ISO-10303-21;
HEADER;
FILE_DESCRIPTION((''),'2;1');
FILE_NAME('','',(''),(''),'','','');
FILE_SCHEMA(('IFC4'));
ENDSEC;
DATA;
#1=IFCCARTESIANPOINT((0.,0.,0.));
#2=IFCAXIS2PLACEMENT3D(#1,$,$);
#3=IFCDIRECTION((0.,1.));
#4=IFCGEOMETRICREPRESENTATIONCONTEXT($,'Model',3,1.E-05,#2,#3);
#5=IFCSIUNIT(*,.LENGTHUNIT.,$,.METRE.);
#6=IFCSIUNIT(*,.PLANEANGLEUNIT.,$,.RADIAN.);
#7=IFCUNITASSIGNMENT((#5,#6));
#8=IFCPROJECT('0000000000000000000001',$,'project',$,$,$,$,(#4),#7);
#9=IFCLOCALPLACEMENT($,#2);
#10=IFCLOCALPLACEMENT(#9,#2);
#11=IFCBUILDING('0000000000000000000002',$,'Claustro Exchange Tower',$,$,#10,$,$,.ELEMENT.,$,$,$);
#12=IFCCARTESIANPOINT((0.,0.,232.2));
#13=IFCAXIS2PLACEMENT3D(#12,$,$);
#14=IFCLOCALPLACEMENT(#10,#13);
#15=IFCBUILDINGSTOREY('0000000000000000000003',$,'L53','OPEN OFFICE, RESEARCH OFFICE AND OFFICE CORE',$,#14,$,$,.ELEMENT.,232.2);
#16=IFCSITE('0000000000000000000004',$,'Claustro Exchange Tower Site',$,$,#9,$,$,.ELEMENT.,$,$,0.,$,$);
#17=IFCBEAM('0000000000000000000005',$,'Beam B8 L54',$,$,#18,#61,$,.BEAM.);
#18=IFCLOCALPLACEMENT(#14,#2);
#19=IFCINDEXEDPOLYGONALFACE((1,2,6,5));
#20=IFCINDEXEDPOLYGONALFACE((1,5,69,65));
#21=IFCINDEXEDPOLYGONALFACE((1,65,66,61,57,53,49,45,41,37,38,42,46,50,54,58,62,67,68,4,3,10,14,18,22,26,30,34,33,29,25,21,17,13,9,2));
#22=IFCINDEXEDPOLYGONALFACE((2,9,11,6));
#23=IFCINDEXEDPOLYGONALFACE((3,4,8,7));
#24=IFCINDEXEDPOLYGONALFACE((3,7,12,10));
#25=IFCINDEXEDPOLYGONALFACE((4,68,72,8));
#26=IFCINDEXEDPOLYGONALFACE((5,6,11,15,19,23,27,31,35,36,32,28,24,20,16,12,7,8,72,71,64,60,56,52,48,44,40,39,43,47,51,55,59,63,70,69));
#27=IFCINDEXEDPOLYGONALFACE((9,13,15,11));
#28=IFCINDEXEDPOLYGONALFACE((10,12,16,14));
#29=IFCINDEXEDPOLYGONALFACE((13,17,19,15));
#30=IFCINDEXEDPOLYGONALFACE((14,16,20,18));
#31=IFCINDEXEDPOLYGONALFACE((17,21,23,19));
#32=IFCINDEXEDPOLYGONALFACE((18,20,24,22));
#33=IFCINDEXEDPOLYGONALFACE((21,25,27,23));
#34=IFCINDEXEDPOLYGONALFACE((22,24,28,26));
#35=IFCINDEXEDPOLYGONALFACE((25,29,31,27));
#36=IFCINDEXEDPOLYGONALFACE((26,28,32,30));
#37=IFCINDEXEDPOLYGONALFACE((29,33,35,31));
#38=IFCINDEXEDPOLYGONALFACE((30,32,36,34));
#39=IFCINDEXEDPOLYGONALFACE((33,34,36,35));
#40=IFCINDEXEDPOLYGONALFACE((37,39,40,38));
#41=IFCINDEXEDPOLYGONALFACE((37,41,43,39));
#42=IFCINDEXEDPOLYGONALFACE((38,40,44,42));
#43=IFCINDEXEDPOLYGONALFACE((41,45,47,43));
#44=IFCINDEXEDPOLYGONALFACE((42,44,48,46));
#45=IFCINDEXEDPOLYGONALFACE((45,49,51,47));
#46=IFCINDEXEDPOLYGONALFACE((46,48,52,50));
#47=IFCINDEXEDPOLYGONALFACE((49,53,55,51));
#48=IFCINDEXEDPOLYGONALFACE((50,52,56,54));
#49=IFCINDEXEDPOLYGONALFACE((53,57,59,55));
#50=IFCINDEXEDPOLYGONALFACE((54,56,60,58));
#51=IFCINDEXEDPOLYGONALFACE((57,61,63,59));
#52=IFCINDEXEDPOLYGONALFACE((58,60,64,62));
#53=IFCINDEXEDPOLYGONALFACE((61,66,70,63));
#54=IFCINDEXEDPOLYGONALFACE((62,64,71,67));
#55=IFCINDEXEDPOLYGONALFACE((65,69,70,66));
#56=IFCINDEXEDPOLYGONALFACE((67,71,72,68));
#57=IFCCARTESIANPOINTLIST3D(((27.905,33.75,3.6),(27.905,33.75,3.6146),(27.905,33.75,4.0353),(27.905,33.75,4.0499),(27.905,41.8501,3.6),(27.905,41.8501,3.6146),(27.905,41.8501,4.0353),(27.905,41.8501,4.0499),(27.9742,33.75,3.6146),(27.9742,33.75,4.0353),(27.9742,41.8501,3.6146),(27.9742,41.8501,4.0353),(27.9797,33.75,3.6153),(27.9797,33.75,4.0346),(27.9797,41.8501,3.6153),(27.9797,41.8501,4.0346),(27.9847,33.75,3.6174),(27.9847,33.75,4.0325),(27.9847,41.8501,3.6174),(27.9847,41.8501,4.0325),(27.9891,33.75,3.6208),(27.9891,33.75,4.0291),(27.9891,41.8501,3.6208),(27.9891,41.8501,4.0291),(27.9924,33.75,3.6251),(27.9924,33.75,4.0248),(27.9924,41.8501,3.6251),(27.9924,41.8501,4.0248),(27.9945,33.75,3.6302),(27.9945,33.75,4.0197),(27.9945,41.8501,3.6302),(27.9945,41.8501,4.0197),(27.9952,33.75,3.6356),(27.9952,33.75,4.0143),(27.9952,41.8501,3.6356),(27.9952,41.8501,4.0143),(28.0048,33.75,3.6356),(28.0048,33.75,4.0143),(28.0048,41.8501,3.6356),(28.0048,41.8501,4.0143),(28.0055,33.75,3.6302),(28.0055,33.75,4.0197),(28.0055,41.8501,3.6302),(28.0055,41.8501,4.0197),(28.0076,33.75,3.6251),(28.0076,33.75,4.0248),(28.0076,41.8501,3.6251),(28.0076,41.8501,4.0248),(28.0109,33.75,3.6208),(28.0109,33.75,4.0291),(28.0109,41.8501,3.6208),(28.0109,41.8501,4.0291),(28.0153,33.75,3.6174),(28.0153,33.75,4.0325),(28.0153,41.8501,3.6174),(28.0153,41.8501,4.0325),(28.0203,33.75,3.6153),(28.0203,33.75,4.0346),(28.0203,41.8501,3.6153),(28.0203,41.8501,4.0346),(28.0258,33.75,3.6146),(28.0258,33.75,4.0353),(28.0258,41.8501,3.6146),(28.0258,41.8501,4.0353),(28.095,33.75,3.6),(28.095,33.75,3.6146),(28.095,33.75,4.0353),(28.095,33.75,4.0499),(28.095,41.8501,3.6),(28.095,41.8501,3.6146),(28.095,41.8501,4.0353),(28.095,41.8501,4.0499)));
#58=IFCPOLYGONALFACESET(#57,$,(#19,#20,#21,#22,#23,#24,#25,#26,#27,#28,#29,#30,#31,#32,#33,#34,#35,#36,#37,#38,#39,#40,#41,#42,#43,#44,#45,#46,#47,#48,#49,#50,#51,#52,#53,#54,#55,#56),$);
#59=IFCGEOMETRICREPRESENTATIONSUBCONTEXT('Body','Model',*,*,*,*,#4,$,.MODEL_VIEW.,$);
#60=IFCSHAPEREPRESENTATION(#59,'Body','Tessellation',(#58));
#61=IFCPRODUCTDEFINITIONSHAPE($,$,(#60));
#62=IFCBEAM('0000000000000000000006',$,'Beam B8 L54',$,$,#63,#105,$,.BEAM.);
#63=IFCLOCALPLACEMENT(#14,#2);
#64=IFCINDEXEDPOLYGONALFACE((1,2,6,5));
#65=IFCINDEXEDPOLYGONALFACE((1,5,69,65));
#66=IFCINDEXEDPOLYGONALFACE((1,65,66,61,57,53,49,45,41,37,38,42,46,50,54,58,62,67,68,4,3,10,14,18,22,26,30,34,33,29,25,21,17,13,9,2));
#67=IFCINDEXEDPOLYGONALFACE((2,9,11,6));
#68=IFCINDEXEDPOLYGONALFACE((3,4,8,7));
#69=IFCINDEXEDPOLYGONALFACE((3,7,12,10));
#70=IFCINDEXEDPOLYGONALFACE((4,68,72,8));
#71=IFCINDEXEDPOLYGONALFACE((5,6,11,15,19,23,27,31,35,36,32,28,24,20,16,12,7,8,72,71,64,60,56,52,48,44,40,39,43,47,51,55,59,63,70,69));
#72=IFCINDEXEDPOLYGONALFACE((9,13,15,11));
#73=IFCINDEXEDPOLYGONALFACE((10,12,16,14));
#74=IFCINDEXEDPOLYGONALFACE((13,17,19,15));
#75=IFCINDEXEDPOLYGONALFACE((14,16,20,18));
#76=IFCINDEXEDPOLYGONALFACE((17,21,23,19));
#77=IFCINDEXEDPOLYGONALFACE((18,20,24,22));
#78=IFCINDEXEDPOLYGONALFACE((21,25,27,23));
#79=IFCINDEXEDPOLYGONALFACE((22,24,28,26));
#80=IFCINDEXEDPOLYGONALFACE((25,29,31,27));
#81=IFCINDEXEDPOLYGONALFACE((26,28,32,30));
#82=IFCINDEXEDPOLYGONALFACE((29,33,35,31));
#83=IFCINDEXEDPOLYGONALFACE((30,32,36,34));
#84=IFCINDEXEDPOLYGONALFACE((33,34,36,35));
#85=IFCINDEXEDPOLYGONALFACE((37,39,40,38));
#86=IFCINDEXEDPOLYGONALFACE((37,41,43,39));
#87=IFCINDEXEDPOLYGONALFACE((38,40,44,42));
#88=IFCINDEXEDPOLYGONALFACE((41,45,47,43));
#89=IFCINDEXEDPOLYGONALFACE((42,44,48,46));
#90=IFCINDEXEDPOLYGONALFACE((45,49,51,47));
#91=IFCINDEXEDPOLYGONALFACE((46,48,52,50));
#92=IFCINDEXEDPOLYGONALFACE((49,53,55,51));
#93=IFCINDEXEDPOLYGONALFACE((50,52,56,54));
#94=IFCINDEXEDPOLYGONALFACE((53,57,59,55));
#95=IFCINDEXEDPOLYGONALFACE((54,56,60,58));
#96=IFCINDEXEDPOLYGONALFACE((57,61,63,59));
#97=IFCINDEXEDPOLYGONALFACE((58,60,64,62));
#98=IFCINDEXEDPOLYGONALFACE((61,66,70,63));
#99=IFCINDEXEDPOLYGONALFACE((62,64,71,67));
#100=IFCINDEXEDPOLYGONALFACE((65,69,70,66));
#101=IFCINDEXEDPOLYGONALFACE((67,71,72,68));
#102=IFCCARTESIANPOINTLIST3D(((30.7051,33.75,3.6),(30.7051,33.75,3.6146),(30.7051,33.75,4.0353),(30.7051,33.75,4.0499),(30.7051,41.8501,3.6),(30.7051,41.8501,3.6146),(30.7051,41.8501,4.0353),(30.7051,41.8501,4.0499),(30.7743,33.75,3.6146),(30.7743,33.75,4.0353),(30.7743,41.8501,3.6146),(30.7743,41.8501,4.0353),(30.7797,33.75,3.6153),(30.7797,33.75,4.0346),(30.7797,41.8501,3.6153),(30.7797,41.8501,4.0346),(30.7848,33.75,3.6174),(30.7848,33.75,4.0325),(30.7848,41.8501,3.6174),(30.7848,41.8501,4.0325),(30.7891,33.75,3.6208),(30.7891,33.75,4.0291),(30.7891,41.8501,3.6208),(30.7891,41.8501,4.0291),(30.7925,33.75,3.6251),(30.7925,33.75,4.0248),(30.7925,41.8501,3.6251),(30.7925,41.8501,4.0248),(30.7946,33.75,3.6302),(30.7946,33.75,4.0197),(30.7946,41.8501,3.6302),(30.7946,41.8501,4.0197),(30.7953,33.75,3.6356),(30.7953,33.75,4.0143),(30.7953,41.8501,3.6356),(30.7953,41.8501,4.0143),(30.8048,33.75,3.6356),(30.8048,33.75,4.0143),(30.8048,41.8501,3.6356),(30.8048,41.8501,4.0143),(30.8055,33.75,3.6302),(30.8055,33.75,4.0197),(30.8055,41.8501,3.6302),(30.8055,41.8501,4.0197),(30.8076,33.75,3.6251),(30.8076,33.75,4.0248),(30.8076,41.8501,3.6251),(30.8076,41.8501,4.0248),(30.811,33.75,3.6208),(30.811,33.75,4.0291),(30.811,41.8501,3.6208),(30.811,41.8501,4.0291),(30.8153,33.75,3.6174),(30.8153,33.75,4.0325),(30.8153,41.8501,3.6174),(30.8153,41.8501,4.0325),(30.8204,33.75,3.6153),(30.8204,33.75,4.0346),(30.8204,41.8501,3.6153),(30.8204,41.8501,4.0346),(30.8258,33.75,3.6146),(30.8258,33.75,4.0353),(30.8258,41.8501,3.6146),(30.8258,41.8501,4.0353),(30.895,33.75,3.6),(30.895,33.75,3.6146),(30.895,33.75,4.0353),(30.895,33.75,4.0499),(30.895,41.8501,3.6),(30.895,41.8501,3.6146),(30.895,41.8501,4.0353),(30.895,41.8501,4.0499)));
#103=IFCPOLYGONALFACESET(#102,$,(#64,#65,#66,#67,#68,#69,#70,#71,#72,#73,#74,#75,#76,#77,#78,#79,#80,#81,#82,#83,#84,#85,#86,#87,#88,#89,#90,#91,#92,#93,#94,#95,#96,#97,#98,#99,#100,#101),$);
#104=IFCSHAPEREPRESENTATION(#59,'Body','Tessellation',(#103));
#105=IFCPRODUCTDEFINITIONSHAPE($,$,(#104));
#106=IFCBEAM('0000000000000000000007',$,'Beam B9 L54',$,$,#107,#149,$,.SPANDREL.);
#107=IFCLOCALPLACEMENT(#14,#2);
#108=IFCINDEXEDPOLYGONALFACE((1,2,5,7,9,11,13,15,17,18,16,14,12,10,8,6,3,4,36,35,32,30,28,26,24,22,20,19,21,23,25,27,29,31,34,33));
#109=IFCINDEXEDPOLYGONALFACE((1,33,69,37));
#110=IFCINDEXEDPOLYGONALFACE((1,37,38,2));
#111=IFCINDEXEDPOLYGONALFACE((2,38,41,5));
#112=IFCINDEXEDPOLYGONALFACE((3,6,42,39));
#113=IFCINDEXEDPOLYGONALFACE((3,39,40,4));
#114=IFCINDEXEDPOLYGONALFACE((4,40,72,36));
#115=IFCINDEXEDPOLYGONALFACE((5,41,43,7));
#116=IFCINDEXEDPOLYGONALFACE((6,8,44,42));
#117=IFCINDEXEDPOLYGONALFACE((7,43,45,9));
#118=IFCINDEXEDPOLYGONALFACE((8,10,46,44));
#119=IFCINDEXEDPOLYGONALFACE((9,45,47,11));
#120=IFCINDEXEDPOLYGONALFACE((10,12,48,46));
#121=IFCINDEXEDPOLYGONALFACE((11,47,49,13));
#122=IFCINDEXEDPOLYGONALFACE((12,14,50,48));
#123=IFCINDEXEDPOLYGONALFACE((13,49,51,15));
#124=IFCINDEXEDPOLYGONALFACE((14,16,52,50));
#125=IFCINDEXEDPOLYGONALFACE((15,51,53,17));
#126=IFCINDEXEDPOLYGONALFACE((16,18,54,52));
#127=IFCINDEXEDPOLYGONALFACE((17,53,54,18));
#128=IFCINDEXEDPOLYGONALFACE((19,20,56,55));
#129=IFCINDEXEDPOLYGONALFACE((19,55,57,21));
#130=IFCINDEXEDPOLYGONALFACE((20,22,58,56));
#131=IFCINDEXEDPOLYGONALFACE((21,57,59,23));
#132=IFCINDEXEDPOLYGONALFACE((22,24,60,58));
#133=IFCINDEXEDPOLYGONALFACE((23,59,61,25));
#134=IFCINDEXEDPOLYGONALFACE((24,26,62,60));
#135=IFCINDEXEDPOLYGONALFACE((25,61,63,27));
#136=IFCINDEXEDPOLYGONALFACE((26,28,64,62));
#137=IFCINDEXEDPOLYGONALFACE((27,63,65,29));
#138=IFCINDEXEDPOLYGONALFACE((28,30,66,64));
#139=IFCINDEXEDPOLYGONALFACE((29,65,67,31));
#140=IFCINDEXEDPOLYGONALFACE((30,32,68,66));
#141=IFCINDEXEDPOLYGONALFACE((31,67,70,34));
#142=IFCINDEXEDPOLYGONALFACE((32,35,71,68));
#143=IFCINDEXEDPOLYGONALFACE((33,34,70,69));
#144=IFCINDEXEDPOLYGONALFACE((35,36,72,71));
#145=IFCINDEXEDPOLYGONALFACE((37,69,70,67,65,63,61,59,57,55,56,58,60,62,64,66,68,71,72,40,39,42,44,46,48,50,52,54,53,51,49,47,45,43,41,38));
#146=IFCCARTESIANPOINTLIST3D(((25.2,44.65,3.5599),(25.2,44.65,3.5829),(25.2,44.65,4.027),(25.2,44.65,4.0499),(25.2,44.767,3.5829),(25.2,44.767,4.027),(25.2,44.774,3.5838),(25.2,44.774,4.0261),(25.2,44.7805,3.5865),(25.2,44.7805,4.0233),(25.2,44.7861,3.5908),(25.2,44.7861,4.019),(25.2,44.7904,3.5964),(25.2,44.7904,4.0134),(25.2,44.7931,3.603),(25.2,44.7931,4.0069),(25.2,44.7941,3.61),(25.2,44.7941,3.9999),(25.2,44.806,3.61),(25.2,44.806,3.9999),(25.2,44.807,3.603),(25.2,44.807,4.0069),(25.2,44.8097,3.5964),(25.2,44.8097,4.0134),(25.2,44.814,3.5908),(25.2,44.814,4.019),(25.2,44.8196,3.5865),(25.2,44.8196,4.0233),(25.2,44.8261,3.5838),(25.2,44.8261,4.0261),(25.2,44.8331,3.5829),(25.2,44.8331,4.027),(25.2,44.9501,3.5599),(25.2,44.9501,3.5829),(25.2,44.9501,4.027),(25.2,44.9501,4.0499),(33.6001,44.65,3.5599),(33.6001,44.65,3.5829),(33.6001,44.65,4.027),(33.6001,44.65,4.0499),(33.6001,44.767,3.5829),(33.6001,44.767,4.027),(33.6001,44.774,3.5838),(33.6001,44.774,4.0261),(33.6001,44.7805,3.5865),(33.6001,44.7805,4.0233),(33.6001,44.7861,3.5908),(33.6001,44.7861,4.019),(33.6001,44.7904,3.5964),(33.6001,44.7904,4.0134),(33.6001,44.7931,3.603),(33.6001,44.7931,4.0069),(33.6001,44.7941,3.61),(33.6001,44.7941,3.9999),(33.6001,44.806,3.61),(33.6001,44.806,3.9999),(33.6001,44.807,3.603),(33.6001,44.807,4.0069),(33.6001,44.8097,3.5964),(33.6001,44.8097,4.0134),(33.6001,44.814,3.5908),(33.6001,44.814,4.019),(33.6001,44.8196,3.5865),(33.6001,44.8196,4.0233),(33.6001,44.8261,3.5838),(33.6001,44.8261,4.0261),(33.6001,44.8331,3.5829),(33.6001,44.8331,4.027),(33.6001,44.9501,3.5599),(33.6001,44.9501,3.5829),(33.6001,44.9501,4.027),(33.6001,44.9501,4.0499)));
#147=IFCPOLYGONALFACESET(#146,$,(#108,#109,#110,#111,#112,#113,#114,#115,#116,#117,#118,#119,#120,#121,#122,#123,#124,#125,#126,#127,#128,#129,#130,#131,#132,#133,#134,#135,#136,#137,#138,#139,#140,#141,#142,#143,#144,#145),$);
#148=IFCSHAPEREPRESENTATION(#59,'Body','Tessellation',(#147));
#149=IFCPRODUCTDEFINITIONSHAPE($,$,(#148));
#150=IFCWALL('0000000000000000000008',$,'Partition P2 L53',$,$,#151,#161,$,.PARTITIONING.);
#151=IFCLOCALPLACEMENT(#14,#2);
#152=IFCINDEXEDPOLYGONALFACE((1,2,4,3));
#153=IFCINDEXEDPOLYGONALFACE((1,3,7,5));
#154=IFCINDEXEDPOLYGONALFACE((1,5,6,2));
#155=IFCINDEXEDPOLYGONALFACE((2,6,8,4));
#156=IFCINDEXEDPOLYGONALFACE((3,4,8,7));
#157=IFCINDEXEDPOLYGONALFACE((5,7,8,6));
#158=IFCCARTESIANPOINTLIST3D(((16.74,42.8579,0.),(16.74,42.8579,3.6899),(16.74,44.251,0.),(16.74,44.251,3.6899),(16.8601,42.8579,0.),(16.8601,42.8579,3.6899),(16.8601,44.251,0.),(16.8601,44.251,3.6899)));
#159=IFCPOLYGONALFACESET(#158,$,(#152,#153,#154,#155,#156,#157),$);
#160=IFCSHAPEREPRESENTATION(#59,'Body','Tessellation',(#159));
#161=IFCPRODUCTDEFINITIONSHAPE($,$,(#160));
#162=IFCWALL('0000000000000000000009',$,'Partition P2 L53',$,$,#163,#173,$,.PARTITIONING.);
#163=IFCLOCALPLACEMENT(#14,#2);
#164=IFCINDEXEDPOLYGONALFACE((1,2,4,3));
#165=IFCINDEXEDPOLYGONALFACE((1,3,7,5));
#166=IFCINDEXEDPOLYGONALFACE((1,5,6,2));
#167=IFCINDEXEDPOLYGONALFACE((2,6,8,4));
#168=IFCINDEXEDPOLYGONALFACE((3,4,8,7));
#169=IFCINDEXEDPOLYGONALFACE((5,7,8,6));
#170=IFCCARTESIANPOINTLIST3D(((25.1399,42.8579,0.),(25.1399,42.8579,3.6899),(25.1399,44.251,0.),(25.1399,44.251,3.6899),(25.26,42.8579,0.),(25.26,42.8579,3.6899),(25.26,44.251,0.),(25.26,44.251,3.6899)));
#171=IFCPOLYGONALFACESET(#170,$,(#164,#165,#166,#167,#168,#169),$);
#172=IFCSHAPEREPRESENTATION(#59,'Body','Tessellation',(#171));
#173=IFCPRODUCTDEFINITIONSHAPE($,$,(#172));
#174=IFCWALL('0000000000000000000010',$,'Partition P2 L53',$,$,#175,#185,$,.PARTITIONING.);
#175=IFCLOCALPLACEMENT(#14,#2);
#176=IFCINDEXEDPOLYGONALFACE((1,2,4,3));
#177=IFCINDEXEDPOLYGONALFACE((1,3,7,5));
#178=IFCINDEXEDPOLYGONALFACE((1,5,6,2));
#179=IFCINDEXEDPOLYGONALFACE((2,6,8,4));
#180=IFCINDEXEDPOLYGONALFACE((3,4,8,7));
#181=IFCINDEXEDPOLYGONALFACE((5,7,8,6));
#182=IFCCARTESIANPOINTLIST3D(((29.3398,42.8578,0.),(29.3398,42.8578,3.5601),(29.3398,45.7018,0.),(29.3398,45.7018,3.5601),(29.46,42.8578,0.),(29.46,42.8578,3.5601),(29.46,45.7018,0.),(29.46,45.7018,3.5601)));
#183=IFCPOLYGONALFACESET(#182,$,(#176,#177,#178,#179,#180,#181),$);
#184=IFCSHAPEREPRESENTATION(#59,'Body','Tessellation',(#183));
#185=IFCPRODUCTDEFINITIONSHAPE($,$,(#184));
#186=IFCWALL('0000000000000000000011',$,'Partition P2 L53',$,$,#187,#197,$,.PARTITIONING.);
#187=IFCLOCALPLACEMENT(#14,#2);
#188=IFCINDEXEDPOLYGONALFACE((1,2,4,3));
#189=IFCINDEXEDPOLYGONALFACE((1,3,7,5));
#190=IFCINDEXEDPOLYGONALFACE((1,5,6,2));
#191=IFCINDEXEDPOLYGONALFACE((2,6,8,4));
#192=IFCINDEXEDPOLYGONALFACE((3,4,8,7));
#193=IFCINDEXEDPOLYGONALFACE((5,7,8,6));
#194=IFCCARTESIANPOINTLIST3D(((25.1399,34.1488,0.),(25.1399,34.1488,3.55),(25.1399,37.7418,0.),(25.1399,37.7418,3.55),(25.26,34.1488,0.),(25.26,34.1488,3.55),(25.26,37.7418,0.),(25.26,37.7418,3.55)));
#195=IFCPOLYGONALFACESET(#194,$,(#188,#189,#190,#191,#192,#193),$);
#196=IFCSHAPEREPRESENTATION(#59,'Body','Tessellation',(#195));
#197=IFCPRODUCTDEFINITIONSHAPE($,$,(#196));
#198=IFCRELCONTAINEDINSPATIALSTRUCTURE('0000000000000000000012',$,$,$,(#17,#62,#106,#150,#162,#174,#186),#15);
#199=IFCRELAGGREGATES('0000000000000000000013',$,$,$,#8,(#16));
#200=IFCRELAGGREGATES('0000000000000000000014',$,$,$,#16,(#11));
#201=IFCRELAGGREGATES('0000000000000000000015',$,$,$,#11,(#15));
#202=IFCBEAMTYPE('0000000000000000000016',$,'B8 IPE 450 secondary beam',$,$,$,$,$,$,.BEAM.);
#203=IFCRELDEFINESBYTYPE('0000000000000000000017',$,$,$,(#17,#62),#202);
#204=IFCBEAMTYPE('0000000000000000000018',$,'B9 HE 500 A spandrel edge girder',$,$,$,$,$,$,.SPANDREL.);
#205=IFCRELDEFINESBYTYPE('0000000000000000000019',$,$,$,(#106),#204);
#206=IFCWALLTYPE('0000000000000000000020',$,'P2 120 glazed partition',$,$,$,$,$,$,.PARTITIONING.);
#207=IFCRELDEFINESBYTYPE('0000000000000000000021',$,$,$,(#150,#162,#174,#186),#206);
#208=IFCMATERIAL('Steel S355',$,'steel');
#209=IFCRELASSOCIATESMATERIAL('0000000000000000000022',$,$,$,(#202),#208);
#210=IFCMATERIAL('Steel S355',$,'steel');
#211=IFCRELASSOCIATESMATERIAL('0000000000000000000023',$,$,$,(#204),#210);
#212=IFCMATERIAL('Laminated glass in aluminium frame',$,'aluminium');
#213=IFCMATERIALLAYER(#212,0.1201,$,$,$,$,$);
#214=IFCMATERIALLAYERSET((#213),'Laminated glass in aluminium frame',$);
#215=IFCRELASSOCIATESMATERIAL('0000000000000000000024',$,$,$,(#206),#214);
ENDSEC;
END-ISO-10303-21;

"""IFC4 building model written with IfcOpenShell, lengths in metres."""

from ifc_helpers import new_model, si_unit, direction, frame, frame_2d, origin, origin_2d, place, context, subcontext, project, spatial, rectangle, i_section, extrude, material, layer, layer_set, material_profile, profile_set, type_object, element, save


model = new_model("IFC4")

# Units and contexts
model_context = context("Model", 3, precision=1e-05, world=origin(), true_north=direction((0.0, 1.0)))
body_context = subcontext(model_context, "Body", "Model", "MODEL_VIEW")
ifc_project = project(units=[si_unit("LENGTHUNIT", "METRE"), si_unit("PLANEANGLEUNIT", "RADIAN")], contexts=[model_context])

# Site, building, storey
site_placement = place(None, origin())
site = spatial("IfcSite", under=ifc_project, at=site_placement, Name="Claustro Exchange Tower Site", CompositionType="ELEMENT", RefElevation=0.0)
building_placement = place(site_placement, origin())
building = spatial("IfcBuilding", under=site, at=building_placement, Name="Claustro Exchange Tower", CompositionType="ELEMENT")
storey_placement = place(building_placement, frame((0.0, 0.0, 232.2)))
storey = spatial("IfcBuildingStorey", under=building, at=storey_placement, Name="L53", Description="OPEN OFFICE, RESEARCH OFFICE AND OFFICE CORE", CompositionType="ELEMENT", Elevation=232.2)

# Beams
ifc_material_1 = material(Name="Steel S355", Category="steel")
ifc_material_profile_1 = material_profile(ifc_material_1, i_section(OverallWidth=0.1899, OverallDepth=0.45, WebThickness=0.0095, FlangeThickness=0.0146, FilletRadius=0.021, at=origin_2d()), Name="IPE 450")
ifc_profile_set_1 = profile_set([ifc_material_profile_1], Name="Steel S355")
beam_type_1 = type_object("IfcBeamType", Name="B8 IPE 450 secondary beam", PredefinedType="BEAM", material=ifc_profile_set_1)
for number, where, z_axis, x_axis, name in (
    (1, (28.0, 33.75, 3.825), (0.0, 1.0, 0.0), (-1.0, 0.0, 0.0), "Beam B8 L54"),
    (2, (30.8, 33.75, 3.825), (0.0, 1.0, 0.0), (-1.0, 0.0, 0.0), "Beam B8 L54"),
):
    element("IfcBeam", number, at=place(storey_placement, frame(where, z_axis=z_axis, x_axis=x_axis)), inside=storey, type_object=beam_type_1, Name=name, PredefinedType="BEAM", context=body_context, shape_type="SweptSolid", body=[
        extrude(i_section(OverallWidth=0.1899, OverallDepth=0.45, WebThickness=0.0095, FlangeThickness=0.0146, FilletRadius=0.021, at=origin_2d()), origin(), (0.0, 0.0, 1.0), 8.1001),
    ])
ifc_material_2 = material(Name="Steel S355", Category="steel")
ifc_material_profile_2 = material_profile(ifc_material_2, i_section(OverallWidth=0.3, OverallDepth=0.49, WebThickness=0.012, FlangeThickness=0.0229, FilletRadius=0.0271, at=origin_2d()), Name="HE 500 A")
ifc_profile_set_2 = profile_set([ifc_material_profile_2], Name="Steel S355")
beam_type_2 = type_object("IfcBeamType", Name="B9 HE 500 A spandrel edge girder", PredefinedType="SPANDREL", material=ifc_profile_set_2)
beam_1_placement = place(storey_placement, frame((25.2, 44.8, 3.8049), z_axis=(1.0, 0.0, 0.0), x_axis=(0.0, 1.0, 0.0)))
element("IfcBeam", 3, at=beam_1_placement, inside=storey, type_object=beam_type_2, Name="Beam B9 L54", PredefinedType="SPANDREL", context=body_context, shape_type="SweptSolid", body=[
    extrude(i_section(OverallWidth=0.3, OverallDepth=0.49, WebThickness=0.012, FlangeThickness=0.0229, FilletRadius=0.0271, at=origin_2d()), origin(), (0.0, 0.0, 1.0), 8.4001),
])

# Walls
ifc_material_3 = material(Name="Laminated glass in aluminium frame", Category="aluminium")
ifc_layer_1 = layer(ifc_material_3, 0.1201)
ifc_layer_set_1 = layer_set([ifc_layer_1], Name="Laminated glass in aluminium frame")
wall_type_1 = type_object("IfcWallType", Name="P2 120 glazed partition", PredefinedType="PARTITIONING", material=ifc_layer_set_1)
for number, where, z_axis, x_axis, name in (
    (4, (16.8, 42.8579, 0.0), (0.0, 0.0, 1.0), (0.0, 1.0, 0.0), "Partition P2 L53"),
    (5, (25.2, 42.8579, 0.0), (0.0, 0.0, 1.0), (0.0, 1.0, 0.0), "Partition P2 L53"),
):
    element("IfcWall", number, at=place(storey_placement, frame(where, z_axis=z_axis, x_axis=x_axis)), inside=storey, type_object=wall_type_1, Name=name, PredefinedType="PARTITIONING", context=body_context, shape_type="SweptSolid", body=[
        extrude(rectangle(XDim=1.3931, YDim=0.1201, at=frame_2d((0.6965, 0.0))), origin(), (0.0, 0.0, 1.0), 3.6899),
    ])
wall_1_placement = place(storey_placement, frame((29.3999, 42.8579, 0.0), z_axis=(0.0, 0.0, 1.0), x_axis=(0.0, 1.0, 0.0)))
element("IfcWall", 6, at=wall_1_placement, inside=storey, type_object=wall_type_1, Name="Partition P2 L53", PredefinedType="PARTITIONING", context=body_context, shape_type="SweptSolid", body=[
    extrude(rectangle(XDim=2.844, YDim=0.1201, at=frame_2d((1.4219, 0.0))), origin(), (0.0, 0.0, 1.0), 3.5601),
])
wall_2_placement = place(storey_placement, frame((25.2, 34.1489, 0.0), z_axis=(0.0, 0.0, 1.0), x_axis=(0.0, 1.0, 0.0)))
element("IfcWall", 7, at=wall_2_placement, inside=storey, type_object=wall_type_1, Name="Partition P2 L53", PredefinedType="PARTITIONING", context=body_context, shape_type="SweptSolid", body=[
    extrude(rectangle(XDim=3.593, YDim=0.1201, at=frame_2d((1.7964, 0.0))), origin(), (0.0, 0.0, 1.0), 3.55),
])

save(model, "model.ifc")
